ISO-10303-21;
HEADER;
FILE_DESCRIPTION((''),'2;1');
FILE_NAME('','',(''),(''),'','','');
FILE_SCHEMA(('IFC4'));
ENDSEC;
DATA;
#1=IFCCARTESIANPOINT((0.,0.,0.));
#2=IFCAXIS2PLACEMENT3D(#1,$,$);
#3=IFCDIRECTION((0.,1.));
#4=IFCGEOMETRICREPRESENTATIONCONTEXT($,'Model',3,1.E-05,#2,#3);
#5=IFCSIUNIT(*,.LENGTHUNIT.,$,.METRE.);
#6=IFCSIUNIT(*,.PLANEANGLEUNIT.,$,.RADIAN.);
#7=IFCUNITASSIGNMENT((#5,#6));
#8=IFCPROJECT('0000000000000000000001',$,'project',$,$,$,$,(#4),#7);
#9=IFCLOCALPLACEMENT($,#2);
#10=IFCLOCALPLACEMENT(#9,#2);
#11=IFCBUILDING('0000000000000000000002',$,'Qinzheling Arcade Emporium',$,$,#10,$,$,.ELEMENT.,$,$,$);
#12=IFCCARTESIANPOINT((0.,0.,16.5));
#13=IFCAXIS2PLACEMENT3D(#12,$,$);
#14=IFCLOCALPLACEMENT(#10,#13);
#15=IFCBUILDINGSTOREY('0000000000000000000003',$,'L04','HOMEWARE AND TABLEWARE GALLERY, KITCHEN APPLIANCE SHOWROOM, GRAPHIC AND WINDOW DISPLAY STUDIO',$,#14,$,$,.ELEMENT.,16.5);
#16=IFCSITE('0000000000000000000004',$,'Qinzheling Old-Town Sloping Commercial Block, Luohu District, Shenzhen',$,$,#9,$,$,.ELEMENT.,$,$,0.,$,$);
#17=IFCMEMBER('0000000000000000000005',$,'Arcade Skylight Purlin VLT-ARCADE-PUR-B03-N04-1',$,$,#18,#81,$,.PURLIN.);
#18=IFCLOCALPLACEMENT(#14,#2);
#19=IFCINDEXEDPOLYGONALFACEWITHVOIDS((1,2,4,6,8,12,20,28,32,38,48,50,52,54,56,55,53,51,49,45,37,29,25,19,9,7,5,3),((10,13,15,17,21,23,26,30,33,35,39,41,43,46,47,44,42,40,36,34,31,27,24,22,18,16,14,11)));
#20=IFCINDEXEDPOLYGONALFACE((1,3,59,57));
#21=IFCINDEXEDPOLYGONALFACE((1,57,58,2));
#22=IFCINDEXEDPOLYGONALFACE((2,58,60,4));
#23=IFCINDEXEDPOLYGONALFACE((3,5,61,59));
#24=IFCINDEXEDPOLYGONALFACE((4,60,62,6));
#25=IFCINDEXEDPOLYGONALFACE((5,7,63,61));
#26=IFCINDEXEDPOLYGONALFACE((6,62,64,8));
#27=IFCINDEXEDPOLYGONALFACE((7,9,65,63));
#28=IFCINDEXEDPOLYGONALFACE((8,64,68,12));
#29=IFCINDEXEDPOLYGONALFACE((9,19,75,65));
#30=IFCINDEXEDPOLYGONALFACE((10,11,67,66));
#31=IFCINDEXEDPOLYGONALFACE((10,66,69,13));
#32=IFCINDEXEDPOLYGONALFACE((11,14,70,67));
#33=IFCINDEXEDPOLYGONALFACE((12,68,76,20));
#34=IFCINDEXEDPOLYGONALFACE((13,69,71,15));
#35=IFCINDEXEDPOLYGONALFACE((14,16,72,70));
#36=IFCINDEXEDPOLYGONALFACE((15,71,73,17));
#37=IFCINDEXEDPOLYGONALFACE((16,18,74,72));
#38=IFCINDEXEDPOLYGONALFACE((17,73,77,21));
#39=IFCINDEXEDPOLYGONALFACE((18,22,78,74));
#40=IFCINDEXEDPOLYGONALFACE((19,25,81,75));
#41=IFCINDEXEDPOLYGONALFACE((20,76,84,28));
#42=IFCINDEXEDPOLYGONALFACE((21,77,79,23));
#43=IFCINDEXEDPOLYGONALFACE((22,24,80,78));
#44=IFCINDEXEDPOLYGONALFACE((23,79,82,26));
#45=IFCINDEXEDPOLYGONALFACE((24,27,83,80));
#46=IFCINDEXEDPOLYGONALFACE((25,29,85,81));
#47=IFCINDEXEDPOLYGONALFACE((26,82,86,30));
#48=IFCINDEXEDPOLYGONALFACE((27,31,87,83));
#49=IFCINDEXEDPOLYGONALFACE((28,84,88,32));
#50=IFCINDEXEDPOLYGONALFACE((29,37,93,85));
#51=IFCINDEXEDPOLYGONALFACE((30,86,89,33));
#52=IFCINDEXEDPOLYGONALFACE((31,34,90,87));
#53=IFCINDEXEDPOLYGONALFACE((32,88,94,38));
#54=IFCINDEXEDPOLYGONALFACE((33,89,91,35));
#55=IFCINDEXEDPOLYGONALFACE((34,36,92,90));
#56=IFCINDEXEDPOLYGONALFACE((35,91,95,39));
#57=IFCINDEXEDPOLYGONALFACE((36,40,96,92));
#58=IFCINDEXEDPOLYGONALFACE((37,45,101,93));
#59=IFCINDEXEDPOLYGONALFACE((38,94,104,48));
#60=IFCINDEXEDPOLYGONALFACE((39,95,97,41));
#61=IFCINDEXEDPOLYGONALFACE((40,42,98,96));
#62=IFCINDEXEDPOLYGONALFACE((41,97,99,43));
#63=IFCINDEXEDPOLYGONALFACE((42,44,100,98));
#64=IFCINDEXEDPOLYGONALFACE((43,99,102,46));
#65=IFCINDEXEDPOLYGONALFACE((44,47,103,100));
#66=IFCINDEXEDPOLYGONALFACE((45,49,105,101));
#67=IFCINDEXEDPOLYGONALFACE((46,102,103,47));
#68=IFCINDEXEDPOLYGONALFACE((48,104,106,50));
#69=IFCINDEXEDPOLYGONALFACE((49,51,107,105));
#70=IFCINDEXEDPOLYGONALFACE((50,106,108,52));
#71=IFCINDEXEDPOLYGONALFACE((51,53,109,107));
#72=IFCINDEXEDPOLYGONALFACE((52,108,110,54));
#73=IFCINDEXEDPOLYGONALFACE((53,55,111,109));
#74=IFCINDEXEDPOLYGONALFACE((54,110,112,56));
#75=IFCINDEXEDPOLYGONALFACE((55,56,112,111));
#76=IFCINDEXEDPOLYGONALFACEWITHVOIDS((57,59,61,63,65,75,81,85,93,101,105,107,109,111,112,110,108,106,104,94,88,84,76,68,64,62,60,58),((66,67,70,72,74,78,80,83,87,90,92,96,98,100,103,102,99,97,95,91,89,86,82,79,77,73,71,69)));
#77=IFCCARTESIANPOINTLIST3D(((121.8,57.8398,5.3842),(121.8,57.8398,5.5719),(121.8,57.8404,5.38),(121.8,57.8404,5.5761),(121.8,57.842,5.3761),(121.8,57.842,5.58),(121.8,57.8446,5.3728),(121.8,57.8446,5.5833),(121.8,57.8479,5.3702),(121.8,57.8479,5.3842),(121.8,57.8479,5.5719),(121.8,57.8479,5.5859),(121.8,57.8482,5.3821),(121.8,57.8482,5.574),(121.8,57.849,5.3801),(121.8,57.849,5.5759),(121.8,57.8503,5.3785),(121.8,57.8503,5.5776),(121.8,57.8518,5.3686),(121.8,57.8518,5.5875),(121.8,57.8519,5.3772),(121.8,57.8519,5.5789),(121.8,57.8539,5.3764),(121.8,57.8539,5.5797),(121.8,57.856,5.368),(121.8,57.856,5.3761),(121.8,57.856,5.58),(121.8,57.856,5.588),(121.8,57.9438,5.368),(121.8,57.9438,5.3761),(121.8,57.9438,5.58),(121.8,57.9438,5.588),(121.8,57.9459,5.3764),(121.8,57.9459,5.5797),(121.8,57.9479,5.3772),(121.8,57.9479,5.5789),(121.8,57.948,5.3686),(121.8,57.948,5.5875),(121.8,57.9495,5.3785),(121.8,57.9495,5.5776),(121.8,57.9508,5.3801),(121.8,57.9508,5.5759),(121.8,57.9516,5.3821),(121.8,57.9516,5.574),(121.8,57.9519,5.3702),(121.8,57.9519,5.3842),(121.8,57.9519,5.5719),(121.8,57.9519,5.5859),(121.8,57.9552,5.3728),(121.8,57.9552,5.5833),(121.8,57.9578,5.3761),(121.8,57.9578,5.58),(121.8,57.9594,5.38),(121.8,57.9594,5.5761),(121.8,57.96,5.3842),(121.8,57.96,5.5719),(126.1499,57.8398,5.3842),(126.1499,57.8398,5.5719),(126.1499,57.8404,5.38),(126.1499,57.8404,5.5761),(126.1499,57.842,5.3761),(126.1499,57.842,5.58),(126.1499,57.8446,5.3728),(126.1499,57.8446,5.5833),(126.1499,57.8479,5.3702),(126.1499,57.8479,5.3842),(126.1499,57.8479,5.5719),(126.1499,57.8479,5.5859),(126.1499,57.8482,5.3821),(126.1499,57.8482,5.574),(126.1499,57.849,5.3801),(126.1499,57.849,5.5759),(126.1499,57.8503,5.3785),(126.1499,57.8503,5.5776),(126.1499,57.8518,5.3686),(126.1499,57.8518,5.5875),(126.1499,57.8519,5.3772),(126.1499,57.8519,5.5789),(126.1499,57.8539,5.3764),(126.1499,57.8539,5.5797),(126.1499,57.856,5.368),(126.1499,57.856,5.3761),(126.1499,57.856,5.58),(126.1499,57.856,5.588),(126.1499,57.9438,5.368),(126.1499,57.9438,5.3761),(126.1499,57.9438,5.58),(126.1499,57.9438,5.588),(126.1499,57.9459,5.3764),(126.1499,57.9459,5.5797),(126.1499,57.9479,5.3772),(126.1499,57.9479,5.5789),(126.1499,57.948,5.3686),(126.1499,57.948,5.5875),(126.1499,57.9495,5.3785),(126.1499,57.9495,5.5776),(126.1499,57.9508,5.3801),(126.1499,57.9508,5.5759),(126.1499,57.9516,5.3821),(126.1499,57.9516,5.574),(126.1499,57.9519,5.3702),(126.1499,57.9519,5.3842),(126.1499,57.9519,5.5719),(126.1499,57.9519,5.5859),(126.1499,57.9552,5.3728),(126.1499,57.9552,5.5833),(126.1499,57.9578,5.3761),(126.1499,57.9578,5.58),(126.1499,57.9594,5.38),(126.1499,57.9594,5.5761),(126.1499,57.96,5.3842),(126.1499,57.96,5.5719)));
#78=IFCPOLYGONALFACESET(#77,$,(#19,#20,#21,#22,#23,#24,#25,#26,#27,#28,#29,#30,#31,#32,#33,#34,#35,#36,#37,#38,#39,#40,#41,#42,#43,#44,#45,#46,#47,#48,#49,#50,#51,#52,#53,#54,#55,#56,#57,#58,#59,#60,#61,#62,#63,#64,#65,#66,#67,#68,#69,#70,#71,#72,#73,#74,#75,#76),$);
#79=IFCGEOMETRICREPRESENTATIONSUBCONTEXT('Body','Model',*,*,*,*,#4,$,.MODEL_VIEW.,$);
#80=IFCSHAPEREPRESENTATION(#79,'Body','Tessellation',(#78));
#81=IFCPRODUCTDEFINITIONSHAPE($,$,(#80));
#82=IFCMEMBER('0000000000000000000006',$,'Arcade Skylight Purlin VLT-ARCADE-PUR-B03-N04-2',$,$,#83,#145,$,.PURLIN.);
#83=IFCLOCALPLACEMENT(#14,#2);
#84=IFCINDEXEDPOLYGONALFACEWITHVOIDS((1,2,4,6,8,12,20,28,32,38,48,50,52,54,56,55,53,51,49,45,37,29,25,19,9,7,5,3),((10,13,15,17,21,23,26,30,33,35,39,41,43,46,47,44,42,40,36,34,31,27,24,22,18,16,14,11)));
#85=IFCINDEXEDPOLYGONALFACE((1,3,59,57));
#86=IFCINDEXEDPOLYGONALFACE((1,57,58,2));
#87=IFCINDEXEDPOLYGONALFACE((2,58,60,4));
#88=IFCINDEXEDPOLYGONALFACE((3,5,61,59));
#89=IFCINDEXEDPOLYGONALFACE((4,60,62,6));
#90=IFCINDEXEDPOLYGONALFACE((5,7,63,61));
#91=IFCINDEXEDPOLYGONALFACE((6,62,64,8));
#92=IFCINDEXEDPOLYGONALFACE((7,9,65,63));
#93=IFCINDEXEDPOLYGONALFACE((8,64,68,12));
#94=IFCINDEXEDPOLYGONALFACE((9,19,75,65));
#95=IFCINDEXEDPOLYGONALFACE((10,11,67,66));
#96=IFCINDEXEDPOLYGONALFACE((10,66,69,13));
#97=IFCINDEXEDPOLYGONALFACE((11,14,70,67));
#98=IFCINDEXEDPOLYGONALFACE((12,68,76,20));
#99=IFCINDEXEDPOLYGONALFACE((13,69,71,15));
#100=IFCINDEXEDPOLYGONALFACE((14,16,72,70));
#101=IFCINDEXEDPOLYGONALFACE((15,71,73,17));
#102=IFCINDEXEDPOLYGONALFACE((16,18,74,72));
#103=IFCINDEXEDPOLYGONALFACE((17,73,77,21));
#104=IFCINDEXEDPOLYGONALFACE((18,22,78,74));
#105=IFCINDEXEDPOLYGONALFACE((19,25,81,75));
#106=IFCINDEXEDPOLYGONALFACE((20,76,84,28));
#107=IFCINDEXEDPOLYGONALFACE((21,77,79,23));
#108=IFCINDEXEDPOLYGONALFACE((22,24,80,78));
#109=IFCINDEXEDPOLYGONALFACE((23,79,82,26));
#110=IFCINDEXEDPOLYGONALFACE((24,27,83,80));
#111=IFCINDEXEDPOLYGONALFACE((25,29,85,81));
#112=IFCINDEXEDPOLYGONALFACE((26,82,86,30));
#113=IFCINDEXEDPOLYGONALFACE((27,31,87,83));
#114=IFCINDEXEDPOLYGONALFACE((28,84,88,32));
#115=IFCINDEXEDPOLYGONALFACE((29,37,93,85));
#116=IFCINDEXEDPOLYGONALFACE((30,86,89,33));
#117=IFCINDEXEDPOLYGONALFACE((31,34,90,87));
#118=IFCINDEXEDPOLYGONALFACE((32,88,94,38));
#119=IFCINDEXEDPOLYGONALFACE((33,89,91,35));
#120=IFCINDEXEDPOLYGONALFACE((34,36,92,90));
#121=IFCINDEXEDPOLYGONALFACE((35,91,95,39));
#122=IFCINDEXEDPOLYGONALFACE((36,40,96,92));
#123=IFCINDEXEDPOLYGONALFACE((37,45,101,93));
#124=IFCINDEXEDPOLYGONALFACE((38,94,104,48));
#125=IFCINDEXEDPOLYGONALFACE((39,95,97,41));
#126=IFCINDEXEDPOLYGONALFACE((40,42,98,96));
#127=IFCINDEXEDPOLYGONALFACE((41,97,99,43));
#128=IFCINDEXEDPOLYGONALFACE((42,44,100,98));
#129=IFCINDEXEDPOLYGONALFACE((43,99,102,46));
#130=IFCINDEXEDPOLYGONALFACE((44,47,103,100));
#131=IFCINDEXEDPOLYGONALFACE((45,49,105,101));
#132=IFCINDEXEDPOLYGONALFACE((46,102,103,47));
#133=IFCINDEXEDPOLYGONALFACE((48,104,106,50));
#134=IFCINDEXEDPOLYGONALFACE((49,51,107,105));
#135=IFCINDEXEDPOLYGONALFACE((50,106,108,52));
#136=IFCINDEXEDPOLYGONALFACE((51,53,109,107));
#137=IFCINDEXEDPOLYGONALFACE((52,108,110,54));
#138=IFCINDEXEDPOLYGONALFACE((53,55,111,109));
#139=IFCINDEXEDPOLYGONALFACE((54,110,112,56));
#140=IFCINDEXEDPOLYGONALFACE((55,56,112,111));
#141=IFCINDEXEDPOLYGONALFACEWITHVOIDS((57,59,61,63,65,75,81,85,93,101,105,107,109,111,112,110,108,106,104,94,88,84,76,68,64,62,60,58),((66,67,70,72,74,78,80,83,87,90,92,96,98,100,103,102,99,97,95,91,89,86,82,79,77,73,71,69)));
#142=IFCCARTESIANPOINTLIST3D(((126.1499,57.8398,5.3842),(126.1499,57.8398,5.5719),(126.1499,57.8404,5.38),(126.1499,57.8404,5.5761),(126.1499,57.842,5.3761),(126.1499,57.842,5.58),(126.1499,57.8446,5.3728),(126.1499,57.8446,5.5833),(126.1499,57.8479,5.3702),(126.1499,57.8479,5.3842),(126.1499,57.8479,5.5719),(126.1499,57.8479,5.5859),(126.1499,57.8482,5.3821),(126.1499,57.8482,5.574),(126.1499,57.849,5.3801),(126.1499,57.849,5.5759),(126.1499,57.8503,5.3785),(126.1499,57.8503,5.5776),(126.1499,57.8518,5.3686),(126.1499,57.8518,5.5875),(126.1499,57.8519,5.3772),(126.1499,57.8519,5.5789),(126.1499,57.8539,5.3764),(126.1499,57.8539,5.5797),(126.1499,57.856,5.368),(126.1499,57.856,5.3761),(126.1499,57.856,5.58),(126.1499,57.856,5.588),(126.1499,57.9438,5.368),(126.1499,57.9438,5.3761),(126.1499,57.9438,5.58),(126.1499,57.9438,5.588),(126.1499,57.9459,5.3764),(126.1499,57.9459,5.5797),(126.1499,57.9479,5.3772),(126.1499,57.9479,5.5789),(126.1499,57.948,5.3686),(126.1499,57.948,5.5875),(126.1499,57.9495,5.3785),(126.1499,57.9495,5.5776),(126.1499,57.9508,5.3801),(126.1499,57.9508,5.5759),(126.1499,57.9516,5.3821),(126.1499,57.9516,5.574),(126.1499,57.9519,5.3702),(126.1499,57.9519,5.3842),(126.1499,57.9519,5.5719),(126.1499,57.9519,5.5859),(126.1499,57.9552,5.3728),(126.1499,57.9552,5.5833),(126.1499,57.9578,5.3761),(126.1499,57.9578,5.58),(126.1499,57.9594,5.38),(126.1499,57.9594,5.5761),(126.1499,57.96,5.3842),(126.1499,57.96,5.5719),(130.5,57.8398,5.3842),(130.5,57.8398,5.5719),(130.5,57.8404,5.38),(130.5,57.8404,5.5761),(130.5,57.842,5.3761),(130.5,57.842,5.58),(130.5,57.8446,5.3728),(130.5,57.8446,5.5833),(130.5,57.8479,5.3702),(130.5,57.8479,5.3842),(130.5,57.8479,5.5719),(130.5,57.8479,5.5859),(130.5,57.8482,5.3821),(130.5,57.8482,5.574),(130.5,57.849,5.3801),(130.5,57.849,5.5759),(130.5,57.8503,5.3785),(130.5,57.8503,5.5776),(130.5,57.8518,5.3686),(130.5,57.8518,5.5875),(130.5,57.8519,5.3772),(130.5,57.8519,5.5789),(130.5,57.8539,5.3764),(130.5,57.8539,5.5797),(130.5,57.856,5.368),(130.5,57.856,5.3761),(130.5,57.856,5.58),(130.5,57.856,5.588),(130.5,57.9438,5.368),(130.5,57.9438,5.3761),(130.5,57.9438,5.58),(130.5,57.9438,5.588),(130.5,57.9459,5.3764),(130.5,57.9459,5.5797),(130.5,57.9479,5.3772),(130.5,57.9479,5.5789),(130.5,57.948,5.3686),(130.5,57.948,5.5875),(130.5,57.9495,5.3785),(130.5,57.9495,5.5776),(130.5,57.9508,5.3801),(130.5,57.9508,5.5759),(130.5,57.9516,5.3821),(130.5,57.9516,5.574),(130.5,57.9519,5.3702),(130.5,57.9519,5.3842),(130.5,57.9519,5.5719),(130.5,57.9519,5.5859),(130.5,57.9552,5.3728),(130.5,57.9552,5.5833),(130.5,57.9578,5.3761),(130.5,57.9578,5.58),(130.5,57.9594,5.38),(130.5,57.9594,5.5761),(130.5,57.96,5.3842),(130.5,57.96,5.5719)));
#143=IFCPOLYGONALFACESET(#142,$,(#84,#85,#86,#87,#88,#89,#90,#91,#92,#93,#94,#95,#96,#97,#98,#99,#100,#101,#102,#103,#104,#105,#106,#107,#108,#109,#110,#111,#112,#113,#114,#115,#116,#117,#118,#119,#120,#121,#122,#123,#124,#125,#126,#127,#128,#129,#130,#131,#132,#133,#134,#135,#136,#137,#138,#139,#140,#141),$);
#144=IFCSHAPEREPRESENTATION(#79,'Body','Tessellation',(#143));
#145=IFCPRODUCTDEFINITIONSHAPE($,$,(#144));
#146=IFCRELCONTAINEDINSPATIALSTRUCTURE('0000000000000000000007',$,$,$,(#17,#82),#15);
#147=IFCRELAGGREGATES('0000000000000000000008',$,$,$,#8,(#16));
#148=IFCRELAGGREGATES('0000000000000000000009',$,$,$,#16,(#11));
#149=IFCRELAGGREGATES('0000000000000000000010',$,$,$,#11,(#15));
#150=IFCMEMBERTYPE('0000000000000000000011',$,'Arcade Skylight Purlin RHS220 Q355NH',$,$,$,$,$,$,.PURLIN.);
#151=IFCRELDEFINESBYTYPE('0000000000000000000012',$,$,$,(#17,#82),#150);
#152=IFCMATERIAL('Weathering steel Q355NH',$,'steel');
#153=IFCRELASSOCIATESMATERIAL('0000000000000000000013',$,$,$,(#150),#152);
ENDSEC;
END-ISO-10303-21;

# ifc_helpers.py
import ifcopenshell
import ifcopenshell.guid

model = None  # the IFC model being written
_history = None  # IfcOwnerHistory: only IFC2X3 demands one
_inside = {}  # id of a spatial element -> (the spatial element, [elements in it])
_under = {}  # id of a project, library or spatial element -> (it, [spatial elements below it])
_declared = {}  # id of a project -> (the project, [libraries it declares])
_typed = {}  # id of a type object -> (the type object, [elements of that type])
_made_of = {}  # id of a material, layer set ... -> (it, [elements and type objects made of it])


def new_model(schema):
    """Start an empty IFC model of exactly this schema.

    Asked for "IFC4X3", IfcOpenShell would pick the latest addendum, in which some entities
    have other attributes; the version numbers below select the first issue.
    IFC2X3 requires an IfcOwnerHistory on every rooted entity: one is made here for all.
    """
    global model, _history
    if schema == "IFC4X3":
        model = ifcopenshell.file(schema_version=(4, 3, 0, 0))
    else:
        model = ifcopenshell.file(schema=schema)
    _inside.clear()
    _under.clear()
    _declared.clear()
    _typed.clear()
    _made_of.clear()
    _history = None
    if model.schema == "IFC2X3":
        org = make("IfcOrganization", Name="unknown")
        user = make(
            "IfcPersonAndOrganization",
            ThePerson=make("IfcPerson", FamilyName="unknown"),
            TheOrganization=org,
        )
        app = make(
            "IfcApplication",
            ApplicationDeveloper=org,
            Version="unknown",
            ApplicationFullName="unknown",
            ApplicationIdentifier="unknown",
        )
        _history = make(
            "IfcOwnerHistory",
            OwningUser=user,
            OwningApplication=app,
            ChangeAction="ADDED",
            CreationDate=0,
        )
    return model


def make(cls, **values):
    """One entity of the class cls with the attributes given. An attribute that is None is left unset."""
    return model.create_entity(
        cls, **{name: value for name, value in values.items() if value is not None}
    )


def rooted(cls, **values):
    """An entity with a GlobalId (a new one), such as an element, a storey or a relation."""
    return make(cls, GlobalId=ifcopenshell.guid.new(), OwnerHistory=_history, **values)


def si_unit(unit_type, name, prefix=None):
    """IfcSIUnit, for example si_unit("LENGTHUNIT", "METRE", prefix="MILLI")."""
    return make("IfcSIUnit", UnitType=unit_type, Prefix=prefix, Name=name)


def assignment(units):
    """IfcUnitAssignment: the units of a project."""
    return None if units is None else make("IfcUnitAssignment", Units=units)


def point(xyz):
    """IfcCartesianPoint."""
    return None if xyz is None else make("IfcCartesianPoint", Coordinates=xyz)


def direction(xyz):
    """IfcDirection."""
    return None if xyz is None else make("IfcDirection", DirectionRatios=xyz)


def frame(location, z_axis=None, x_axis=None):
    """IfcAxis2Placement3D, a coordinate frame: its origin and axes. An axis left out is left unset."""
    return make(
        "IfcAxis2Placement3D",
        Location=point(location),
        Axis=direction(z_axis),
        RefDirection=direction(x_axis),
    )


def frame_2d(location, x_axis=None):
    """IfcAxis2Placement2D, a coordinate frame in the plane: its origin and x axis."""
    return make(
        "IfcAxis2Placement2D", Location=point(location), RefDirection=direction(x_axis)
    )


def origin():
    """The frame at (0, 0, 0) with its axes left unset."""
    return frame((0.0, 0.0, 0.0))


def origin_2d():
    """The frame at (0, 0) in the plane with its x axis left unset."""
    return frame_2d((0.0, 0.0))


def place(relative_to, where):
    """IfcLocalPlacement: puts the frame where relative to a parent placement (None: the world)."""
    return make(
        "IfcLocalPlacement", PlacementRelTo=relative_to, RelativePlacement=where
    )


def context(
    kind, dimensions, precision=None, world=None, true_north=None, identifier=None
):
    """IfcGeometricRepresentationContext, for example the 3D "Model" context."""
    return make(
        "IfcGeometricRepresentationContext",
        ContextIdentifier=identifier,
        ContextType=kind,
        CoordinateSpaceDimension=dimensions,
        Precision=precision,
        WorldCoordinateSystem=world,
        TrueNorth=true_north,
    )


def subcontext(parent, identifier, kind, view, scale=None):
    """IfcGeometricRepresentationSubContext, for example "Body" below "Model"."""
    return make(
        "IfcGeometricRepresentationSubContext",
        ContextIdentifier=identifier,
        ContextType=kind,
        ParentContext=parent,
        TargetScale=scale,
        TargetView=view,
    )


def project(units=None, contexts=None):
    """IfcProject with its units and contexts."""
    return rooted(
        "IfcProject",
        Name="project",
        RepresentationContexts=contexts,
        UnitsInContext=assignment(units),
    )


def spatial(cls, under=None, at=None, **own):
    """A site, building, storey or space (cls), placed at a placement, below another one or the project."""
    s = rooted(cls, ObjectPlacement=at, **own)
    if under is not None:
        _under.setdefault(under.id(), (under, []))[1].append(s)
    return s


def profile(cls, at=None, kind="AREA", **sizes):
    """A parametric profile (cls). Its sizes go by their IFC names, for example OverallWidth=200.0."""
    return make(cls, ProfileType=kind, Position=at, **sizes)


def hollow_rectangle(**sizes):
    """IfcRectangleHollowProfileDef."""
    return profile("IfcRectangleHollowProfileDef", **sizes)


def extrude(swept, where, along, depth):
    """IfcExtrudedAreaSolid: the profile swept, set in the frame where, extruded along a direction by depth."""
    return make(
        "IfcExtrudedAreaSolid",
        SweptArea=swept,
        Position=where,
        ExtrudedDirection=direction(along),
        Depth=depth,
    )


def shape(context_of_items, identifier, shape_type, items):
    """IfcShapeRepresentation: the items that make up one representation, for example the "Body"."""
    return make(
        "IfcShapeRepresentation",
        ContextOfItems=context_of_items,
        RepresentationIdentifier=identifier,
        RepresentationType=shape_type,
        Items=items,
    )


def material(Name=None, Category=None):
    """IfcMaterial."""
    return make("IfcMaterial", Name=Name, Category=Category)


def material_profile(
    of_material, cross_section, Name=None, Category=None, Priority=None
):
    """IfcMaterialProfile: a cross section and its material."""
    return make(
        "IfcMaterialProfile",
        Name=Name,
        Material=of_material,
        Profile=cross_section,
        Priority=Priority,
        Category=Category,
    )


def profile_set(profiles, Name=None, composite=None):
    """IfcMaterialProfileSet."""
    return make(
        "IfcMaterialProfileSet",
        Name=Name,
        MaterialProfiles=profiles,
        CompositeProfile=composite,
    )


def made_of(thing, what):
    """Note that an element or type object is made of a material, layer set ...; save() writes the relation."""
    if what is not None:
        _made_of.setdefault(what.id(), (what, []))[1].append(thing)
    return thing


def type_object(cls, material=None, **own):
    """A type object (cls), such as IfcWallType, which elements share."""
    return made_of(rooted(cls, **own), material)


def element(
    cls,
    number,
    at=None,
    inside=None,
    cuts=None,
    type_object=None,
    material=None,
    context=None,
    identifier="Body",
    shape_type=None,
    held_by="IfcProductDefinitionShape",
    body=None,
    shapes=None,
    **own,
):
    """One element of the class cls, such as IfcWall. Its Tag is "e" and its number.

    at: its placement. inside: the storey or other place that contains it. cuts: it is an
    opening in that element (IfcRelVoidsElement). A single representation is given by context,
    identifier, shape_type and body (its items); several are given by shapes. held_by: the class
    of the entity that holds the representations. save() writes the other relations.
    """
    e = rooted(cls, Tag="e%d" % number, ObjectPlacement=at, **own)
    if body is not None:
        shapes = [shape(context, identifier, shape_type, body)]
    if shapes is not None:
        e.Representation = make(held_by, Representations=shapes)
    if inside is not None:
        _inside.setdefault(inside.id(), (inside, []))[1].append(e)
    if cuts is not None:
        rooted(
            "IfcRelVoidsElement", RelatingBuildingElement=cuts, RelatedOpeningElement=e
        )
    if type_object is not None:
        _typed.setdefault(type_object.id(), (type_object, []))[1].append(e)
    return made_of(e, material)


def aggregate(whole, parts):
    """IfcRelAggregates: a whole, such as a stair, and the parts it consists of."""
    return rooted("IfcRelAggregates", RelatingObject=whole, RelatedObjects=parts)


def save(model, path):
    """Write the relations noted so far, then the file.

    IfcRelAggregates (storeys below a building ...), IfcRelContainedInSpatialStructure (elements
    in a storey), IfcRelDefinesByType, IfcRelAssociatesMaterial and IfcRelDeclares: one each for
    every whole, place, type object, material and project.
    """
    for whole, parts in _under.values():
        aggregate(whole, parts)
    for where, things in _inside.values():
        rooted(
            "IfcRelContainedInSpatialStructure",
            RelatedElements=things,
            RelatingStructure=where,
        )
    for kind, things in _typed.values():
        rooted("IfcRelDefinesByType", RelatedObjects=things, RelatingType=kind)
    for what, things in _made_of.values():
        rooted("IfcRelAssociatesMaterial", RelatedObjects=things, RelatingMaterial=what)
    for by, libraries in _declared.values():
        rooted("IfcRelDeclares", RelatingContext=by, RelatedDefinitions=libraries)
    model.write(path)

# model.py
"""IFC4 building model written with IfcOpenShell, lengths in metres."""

from ifc_helpers import new_model, si_unit, direction, frame, origin, origin_2d, place, context, subcontext, project, spatial, hollow_rectangle, extrude, material, material_profile, profile_set, type_object, element, save


model = new_model("IFC4")

# Units and contexts
model_context = context("Model", 3, precision=1e-05, world=origin(), true_north=direction((0.0, 1.0)))
body_context = subcontext(model_context, "Body", "Model", "MODEL_VIEW")
ifc_project = project(units=[si_unit("LENGTHUNIT", "METRE"), si_unit("PLANEANGLEUNIT", "RADIAN")], contexts=[model_context])

# Site, building, storey
site_placement = place(None, origin())
site = spatial("IfcSite", under=ifc_project, at=site_placement, Name="Qinzheling Old-Town Sloping Commercial Block, Luohu District, Shenzhen", CompositionType="ELEMENT", RefElevation=0.0)
building_placement = place(site_placement, origin())
building = spatial("IfcBuilding", under=site, at=building_placement, Name="Qinzheling Arcade Emporium", CompositionType="ELEMENT")
storey_placement = place(building_placement, frame((0.0, 0.0, 16.5)))
storey = spatial("IfcBuildingStorey", under=building, at=storey_placement, Name="L04", Description="HOMEWARE AND TABLEWARE GALLERY, KITCHEN APPLIANCE SHOWROOM, GRAPHIC AND WINDOW DISPLAY STUDIO", CompositionType="ELEMENT", Elevation=16.5)

# Shared definitions
ifc_material_1 = material(Name="Weathering steel Q355NH", Category="steel")

# Members
ifc_material_profile_1 = material_profile(ifc_material_1, hollow_rectangle(XDim=0.1201, YDim=0.22, WallThickness=0.0081, InnerFilletRadius=0.0081, OuterFilletRadius=0.0161, at=origin_2d()), Name="RHS 220x120x8", Category="steel")
ifc_profile_set_1 = profile_set([ifc_material_profile_1], Name="Weathering steel Q355NH")
member_type = type_object("IfcMemberType", Name="Arcade Skylight Purlin RHS220 Q355NH", PredefinedType="PURLIN", material=ifc_profile_set_1)
member_1_placement = place(storey_placement, frame((121.8, 57.8999, 5.478), z_axis=(1.0, 0.0, 0.0), x_axis=(0.0, 1.0, 0.0)))
element("IfcMember", 1, at=member_1_placement, inside=storey, type_object=member_type, Name="Arcade Skylight Purlin VLT-ARCADE-PUR-B03-N04-1", PredefinedType="PURLIN", context=body_context, shape_type="SweptSolid", body=[
    extrude(hollow_rectangle(XDim=0.1201, YDim=0.22, WallThickness=0.0081, InnerFilletRadius=0.0081, OuterFilletRadius=0.0161, at=origin_2d()), origin(), (0.0, 0.0, 1.0), 4.3499),
])
member_2_placement = place(storey_placement, frame((126.1499, 57.8999, 5.478), z_axis=(1.0, 0.0, 0.0), x_axis=(0.0, 1.0, 0.0)))
element("IfcMember", 2, at=member_2_placement, inside=storey, type_object=member_type, Name="Arcade Skylight Purlin VLT-ARCADE-PUR-B03-N04-2", PredefinedType="PURLIN", context=body_context, shape_type="SweptSolid", body=[
    extrude(hollow_rectangle(XDim=0.1201, YDim=0.22, WallThickness=0.0081, InnerFilletRadius=0.0081, OuterFilletRadius=0.0161, at=origin_2d()), origin(), (0.0, 0.0, 1.0), 4.3501),
])

save(model, "model.ifc")
